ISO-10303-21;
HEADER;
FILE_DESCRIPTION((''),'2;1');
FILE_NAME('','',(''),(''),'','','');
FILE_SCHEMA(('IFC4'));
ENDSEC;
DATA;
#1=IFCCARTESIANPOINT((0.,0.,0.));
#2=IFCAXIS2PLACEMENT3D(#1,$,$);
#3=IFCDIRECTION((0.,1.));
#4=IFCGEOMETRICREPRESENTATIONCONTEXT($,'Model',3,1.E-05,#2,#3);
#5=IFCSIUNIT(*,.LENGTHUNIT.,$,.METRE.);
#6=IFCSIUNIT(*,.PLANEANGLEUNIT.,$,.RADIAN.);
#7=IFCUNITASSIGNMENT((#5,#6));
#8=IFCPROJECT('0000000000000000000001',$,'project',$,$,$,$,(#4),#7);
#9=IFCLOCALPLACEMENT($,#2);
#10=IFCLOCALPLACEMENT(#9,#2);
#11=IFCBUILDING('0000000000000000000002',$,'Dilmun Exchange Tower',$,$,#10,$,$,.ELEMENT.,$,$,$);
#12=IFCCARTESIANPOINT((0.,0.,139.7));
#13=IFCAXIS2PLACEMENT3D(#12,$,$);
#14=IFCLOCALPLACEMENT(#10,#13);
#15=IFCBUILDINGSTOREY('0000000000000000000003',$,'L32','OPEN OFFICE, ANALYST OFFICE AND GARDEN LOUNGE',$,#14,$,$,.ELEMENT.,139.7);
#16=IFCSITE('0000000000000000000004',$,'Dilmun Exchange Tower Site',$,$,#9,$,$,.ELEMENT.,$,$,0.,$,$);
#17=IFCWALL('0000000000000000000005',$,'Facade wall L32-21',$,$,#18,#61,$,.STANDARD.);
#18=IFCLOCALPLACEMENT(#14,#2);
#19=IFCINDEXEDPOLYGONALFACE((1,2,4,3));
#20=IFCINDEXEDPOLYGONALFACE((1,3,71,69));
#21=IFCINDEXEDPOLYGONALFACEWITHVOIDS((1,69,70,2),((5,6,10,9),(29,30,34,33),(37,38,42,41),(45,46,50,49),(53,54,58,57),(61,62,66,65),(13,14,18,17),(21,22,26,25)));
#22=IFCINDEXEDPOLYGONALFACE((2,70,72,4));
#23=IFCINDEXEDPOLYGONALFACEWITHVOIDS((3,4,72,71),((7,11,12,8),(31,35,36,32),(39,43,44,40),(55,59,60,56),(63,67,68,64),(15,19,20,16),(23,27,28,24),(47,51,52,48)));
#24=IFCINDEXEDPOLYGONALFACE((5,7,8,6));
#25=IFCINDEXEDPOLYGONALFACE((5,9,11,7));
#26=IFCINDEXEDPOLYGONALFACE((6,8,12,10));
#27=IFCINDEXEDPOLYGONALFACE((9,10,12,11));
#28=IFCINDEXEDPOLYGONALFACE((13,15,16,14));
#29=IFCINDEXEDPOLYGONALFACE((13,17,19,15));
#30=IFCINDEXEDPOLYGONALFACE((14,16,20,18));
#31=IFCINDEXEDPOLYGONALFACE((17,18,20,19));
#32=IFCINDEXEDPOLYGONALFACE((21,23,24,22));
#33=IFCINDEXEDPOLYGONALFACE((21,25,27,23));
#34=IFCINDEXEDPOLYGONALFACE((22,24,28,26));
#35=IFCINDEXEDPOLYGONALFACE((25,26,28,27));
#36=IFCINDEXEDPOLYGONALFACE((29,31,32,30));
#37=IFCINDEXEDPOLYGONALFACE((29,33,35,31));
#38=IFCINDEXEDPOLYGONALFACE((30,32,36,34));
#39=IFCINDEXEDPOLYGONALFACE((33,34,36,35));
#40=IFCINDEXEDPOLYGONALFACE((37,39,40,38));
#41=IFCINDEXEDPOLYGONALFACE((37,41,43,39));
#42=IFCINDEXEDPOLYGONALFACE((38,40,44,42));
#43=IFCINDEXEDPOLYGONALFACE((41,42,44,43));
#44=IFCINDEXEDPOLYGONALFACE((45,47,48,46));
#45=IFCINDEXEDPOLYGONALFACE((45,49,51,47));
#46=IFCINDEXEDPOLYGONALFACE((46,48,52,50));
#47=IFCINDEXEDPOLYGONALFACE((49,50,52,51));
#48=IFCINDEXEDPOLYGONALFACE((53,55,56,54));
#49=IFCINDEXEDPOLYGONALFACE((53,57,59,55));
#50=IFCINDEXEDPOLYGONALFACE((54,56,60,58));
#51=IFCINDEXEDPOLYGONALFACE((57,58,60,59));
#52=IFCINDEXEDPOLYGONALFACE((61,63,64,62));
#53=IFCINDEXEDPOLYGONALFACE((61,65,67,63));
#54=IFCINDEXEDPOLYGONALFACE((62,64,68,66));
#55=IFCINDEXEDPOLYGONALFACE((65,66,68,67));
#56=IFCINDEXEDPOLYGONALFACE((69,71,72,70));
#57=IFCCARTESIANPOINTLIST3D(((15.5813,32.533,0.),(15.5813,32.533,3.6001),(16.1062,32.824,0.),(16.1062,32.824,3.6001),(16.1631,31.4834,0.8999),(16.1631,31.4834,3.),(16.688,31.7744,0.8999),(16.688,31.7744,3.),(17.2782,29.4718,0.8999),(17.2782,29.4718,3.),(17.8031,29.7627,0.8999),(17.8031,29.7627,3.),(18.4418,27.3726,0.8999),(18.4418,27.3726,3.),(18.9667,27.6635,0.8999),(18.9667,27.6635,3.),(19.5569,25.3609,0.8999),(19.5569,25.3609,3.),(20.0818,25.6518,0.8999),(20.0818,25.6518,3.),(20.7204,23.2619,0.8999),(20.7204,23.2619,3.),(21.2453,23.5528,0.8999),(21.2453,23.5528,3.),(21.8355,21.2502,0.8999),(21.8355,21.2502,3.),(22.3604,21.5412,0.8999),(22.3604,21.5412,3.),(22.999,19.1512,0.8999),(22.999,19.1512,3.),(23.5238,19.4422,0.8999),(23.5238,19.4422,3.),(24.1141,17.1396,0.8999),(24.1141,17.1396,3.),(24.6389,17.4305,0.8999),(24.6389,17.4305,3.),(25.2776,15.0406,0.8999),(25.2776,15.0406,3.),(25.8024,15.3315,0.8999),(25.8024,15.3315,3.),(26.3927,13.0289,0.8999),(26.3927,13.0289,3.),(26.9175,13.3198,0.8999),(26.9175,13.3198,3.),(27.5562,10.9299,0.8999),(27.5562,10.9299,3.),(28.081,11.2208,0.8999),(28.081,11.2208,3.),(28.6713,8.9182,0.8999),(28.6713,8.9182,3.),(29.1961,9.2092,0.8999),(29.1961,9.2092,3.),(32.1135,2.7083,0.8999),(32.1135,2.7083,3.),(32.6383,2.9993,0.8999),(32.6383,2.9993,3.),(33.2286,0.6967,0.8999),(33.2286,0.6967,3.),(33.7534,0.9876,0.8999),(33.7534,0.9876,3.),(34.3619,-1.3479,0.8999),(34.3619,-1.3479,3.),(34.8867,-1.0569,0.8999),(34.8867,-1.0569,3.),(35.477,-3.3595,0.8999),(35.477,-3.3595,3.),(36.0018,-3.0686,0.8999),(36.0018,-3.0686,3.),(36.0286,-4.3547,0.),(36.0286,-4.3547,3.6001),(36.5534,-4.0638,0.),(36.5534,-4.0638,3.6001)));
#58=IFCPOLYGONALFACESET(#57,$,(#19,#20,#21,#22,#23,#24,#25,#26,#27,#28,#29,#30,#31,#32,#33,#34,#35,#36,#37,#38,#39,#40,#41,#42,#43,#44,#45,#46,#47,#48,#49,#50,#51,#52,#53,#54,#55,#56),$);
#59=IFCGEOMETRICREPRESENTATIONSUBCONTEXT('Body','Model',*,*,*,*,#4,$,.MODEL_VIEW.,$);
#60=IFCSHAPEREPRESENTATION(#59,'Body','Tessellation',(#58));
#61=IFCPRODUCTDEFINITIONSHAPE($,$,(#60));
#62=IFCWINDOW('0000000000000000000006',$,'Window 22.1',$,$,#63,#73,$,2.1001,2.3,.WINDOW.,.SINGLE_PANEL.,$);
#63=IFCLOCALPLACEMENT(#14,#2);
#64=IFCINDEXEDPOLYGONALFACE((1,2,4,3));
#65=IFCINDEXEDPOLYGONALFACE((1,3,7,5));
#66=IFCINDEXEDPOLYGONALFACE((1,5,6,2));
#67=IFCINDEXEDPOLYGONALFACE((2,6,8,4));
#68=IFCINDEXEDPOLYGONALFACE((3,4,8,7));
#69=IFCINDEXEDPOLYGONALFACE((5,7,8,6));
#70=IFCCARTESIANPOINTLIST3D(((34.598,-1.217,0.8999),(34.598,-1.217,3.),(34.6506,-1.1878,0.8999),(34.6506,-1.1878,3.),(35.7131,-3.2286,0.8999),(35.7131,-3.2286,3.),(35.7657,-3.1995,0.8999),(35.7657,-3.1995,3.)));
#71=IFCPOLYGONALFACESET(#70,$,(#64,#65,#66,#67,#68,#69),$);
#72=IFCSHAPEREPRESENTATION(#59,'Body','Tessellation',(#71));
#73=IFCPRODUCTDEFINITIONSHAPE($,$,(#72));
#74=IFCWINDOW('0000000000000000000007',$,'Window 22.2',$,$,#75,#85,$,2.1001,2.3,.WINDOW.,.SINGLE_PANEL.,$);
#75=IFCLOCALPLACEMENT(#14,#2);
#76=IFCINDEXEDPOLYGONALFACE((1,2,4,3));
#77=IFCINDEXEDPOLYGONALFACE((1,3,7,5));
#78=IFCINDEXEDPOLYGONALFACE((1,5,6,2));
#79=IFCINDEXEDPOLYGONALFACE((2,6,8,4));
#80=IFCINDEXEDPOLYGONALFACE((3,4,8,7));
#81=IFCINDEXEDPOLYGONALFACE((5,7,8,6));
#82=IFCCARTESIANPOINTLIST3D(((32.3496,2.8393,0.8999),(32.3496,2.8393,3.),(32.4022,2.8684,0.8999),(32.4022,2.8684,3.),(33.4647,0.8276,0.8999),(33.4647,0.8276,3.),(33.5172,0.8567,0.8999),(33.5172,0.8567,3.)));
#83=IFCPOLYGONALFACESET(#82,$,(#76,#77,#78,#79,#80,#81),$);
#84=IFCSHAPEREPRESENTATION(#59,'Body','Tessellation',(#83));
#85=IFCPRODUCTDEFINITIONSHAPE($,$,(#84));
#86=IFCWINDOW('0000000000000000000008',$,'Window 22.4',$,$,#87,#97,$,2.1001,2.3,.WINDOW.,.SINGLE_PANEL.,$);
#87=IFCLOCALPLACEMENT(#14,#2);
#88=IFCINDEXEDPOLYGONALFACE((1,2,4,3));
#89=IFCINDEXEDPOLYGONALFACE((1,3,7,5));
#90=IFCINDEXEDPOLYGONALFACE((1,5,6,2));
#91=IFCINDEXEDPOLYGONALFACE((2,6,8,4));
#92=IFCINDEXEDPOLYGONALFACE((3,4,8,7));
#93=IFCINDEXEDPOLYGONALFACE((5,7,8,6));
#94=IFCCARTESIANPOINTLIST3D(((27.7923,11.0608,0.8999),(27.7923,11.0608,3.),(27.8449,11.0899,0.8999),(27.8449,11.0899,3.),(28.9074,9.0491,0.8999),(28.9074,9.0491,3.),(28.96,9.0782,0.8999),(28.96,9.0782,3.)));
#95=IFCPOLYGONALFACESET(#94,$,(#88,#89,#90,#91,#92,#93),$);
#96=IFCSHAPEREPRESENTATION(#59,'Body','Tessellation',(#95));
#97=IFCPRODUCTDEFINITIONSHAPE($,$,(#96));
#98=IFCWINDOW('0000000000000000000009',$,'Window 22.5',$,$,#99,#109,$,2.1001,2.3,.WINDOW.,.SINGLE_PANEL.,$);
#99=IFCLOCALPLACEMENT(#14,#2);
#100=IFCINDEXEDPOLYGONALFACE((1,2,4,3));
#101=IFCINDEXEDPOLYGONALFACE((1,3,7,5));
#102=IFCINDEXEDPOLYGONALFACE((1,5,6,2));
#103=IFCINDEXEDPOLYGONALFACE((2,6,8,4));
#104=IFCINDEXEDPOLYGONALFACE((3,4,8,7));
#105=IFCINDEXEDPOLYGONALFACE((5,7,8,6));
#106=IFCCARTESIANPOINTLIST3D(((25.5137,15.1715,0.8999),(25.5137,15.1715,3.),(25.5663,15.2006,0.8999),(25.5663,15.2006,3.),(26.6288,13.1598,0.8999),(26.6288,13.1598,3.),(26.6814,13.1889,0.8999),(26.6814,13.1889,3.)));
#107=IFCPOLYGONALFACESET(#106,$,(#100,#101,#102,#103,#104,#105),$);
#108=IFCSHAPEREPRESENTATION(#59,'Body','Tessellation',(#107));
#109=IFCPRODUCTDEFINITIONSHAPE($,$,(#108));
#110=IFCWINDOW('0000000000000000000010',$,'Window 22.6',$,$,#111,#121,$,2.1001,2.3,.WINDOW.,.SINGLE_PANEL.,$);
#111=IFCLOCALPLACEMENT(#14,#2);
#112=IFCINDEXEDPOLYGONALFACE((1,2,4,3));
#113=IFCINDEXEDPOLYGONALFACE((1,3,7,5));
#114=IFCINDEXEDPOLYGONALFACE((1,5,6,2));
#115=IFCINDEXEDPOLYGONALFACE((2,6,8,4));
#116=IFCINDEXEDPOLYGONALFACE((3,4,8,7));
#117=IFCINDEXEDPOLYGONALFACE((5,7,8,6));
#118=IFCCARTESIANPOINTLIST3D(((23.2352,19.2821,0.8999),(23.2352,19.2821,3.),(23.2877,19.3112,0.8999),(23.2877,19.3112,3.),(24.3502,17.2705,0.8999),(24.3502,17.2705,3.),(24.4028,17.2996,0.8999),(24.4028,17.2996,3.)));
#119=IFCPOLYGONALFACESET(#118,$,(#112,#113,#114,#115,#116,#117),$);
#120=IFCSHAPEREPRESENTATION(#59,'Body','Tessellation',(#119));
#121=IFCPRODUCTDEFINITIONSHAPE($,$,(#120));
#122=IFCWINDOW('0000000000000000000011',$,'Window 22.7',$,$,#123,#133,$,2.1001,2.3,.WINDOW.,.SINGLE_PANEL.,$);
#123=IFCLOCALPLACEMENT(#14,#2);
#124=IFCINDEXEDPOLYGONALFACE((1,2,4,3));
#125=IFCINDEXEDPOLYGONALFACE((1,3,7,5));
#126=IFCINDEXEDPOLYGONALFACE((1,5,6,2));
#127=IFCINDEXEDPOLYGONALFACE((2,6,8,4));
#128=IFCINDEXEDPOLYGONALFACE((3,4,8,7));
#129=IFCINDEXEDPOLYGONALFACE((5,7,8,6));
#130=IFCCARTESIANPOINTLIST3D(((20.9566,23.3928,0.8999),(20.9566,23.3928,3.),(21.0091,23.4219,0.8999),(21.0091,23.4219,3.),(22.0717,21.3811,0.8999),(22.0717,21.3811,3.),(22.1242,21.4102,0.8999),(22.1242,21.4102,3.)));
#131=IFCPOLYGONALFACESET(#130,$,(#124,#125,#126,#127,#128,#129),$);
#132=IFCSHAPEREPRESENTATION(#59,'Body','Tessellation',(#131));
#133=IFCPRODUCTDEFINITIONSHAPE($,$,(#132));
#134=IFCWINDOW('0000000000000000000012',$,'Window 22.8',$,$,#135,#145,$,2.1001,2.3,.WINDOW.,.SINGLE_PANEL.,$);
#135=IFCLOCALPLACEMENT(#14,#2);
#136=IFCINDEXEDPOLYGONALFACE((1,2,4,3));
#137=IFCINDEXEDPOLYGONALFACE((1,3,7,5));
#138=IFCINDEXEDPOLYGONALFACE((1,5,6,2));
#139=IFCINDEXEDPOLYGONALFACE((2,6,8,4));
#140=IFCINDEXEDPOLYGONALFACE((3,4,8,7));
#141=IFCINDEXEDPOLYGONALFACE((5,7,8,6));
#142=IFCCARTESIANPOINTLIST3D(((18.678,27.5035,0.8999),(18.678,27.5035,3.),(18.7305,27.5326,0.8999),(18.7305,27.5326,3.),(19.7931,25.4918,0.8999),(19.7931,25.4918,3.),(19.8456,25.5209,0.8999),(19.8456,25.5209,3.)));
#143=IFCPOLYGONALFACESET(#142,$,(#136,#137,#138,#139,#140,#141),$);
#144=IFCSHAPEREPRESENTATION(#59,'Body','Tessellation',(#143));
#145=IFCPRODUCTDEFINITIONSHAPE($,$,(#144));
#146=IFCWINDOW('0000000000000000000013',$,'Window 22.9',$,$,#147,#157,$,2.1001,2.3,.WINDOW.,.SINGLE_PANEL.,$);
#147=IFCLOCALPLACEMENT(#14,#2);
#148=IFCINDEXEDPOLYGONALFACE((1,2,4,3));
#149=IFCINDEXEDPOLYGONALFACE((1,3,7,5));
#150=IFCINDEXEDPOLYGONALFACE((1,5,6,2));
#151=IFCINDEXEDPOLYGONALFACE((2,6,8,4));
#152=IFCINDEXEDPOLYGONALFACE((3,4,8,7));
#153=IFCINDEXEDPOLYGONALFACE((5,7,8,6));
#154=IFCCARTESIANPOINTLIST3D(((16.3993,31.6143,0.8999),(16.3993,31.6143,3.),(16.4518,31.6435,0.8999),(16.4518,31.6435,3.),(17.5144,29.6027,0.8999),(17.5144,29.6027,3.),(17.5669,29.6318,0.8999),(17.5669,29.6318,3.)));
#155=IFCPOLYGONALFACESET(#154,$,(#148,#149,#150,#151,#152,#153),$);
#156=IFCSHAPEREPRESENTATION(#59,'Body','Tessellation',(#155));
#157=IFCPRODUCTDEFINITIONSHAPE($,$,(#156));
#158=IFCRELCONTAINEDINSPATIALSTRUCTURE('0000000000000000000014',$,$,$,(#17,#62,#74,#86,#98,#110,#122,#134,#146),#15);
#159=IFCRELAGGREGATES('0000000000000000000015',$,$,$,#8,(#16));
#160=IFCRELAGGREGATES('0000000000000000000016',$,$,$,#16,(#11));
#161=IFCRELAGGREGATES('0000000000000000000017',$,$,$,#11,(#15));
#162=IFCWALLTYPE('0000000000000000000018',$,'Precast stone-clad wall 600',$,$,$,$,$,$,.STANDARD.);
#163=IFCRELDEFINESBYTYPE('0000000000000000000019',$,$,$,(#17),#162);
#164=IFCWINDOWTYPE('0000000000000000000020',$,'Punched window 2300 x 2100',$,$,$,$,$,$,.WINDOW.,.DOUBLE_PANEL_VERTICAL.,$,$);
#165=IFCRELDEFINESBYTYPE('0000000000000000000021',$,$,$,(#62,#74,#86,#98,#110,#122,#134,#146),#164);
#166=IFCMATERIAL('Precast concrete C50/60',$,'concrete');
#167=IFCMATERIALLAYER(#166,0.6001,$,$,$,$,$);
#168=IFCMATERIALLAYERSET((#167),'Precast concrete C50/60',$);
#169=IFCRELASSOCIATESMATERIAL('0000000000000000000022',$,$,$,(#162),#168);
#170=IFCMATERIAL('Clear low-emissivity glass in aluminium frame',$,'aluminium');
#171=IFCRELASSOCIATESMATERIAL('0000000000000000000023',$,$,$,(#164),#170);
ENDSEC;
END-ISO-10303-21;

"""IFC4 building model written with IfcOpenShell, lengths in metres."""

from ifc_helpers import new_model, si_unit, direction, frame, frame_2d, origin, place, context, subcontext, project, spatial, rectangle, extrude, material, layer, layer_set, type_object, element, fill, save


model = new_model("IFC4")

# Units and contexts
model_context = context("Model", 3, precision=1e-05, world=origin(), true_north=direction((0.0, 1.0)))
body_context = subcontext(model_context, "Body", "Model", "MODEL_VIEW")
ifc_project = project(units=[si_unit("LENGTHUNIT", "METRE"), si_unit("PLANEANGLEUNIT", "RADIAN")], contexts=[model_context])

# Site, building, storey
site_placement = place(None, origin())
site = spatial("IfcSite", under=ifc_project, at=site_placement, Name="Dilmun Exchange Tower Site", CompositionType="ELEMENT", RefElevation=0.0)
building_placement = place(site_placement, origin())
building = spatial("IfcBuilding", under=site, at=building_placement, Name="Dilmun Exchange Tower", CompositionType="ELEMENT")
storey_placement = place(building_placement, frame((0.0, 0.0, 139.7)))
storey = spatial("IfcBuildingStorey", under=building, at=storey_placement, Name="L32", Description="OPEN OFFICE, ANALYST OFFICE AND GARDEN LOUNGE", CompositionType="ELEMENT", Elevation=139.7)

# Shared definitions
ifc_material_1 = material(Name="Precast concrete C50/60", Category="concrete")
ifc_layer_1 = layer(ifc_material_1, 0.6001)
ifc_layer_set_1 = layer_set([ifc_layer_1], Name="Precast concrete C50/60")
wall_type_1 = type_object("IfcWallType", Name="Precast stone-clad wall 600", PredefinedType="STANDARD", material=ifc_layer_set_1)

# Shared definitions
ifc_material_2 = material(Name="Clear low-emissivity glass in aluminium frame", Category="aluminium")

# Wall, openings, windows
wall_1_placement = place(storey_placement, frame((36.291, -4.2092, 0.0), z_axis=(0.0, 0.0, 1.0), x_axis=(-0.484811, 0.874619, 0.0)))
wall_1 = element("IfcWall", 1, at=wall_1_placement, inside=storey, type_object=wall_type_1, Name="Facade wall L32-21", PredefinedType="STANDARD", context=body_context, shape_type="SweptSolid", body=[
    extrude(rectangle(XDim=42.1758, YDim=0.6001, at=frame_2d((21.0879, 0.0))), origin(), (0.0, 0.0, 1.0), 3.6001),
])
opening_1_placement = place(wall_1_placement, frame((1.1379, 0.0, 0.8999)))
opening_1 = element("IfcOpeningElement", 2, at=opening_1_placement, cuts=wall_1, PredefinedType="OPENING", context=body_context, shape_type="SweptSolid", body=[
    extrude(rectangle(XDim=2.3, YDim=2.1001, at=frame_2d((1.1499, 1.05))), frame((0.0, 0.3101, 0.0), z_axis=(0.0, -1.0, 0.0), x_axis=(1.0, 0.0, 0.0)), (0.0, 0.0, 1.0), 0.6201),
])
opening_2_placement = place(wall_1_placement, frame((5.7756, 0.0, 0.8999)))
opening_2 = element("IfcOpeningElement", 3, at=opening_2_placement, cuts=wall_1, PredefinedType="OPENING", context=body_context, shape_type="SweptSolid", body=[
    extrude(rectangle(XDim=2.3, YDim=2.1001, at=frame_2d((1.1499, 1.05))), frame((0.0, 0.3101, 0.0), z_axis=(0.0, -1.0, 0.0), x_axis=(1.0, 0.0, 0.0)), (0.0, 0.0, 1.0), 0.6201),
])
opening_3_placement = place(wall_1_placement, frame((15.1758, 0.0, 0.8999)))
opening_3 = element("IfcOpeningElement", 4, at=opening_3_placement, cuts=wall_1, PredefinedType="OPENING", context=body_context, shape_type="SweptSolid", body=[
    extrude(rectangle(XDim=2.3, YDim=2.1001, at=frame_2d((1.1499, 1.05))), frame((0.0, 0.3101, 0.0), z_axis=(0.0, -1.0, 0.0), x_axis=(1.0, 0.0, 0.0)), (0.0, 0.0, 1.0), 0.6201),
])
opening_4_placement = place(wall_1_placement, frame((19.8757, 0.0, 0.8999)))
opening_4 = element("IfcOpeningElement", 5, at=opening_4_placement, cuts=wall_1, PredefinedType="OPENING", context=body_context, shape_type="SweptSolid", body=[
    extrude(rectangle(XDim=2.3, YDim=2.1001, at=frame_2d((1.1499, 1.05))), frame((0.0, 0.3101, 0.0), z_axis=(0.0, -1.0, 0.0), x_axis=(1.0, 0.0, 0.0)), (0.0, 0.0, 1.0), 0.6201),
])
opening_5_placement = place(wall_1_placement, frame((24.5757, 0.0, 0.8999)))
opening_5 = element("IfcOpeningElement", 6, at=opening_5_placement, cuts=wall_1, PredefinedType="OPENING", context=body_context, shape_type="SweptSolid", body=[
    extrude(rectangle(XDim=2.3, YDim=2.1001, at=frame_2d((1.1499, 1.05))), frame((0.0, 0.3101, 0.0), z_axis=(0.0, -1.0, 0.0), x_axis=(1.0, 0.0, 0.0)), (0.0, 0.0, 1.0), 0.6201),
])
opening_6_placement = place(wall_1_placement, frame((29.2756, 0.0, 0.8999)))
opening_6 = element("IfcOpeningElement", 7, at=opening_6_placement, cuts=wall_1, PredefinedType="OPENING", context=body_context, shape_type="SweptSolid", body=[
    extrude(rectangle(XDim=2.3, YDim=2.1001, at=frame_2d((1.1499, 1.05))), frame((0.0, 0.3101, 0.0), z_axis=(0.0, -1.0, 0.0), x_axis=(1.0, 0.0, 0.0)), (0.0, 0.0, 1.0), 0.6201),
])
opening_7_placement = place(wall_1_placement, frame((33.9756, 0.0, 0.8999)))
opening_7 = element("IfcOpeningElement", 8, at=opening_7_placement, cuts=wall_1, PredefinedType="OPENING", context=body_context, shape_type="SweptSolid", body=[
    extrude(rectangle(XDim=2.3, YDim=2.1001, at=frame_2d((1.1499, 1.05))), frame((0.0, 0.3101, 0.0), z_axis=(0.0, -1.0, 0.0), x_axis=(1.0, 0.0, 0.0)), (0.0, 0.0, 1.0), 0.6201),
])
opening_8_placement = place(wall_1_placement, frame((38.6758, 0.0, 0.8999)))
opening_8 = element("IfcOpeningElement", 9, at=opening_8_placement, cuts=wall_1, PredefinedType="OPENING", context=body_context, shape_type="SweptSolid", body=[
    extrude(rectangle(XDim=2.3, YDim=2.1001, at=frame_2d((1.1499, 1.05))), frame((0.0, 0.3101, 0.0), z_axis=(0.0, -1.0, 0.0), x_axis=(1.0, 0.0, 0.0)), (0.0, 0.0, 1.0), 0.6201),
])
window_type_1 = type_object("IfcWindowType", Name="Punched window 2300 x 2100", PartitioningType="DOUBLE_PANEL_VERTICAL", PredefinedType="WINDOW", material=ifc_material_2)
window_1_placement = place(opening_1_placement, origin())
window_1 = element("IfcWindow", 10, at=window_1_placement, inside=storey, type_object=window_type_1, Name="Window 22.1", OverallHeight=2.1001, OverallWidth=2.3, PartitioningType="SINGLE_PANEL", PredefinedType="WINDOW", context=body_context, shape_type="SweptSolid", body=[
    extrude(rectangle(XDim=2.3, YDim=2.1001, at=frame_2d((1.1499, 1.05))), frame((0.0, 0.03, 0.0), z_axis=(0.0, -1.0, 0.0), x_axis=(1.0, 0.0, 0.0)), (0.0, 0.0, 1.0), 0.0601),
])
fill(opening_1, window_1)
window_2_placement = place(opening_2_placement, origin())
window_2 = element("IfcWindow", 11, at=window_2_placement, inside=storey, type_object=window_type_1, Name="Window 22.2", OverallHeight=2.1001, OverallWidth=2.3, PartitioningType="SINGLE_PANEL", PredefinedType="WINDOW", context=body_context, shape_type="SweptSolid", body=[
    extrude(rectangle(XDim=2.3, YDim=2.1001, at=frame_2d((1.1499, 1.05))), frame((0.0, 0.03, 0.0), z_axis=(0.0, -1.0, 0.0), x_axis=(1.0, 0.0, 0.0)), (0.0, 0.0, 1.0), 0.0601),
])
fill(opening_2, window_2)
window_3_placement = place(opening_3_placement, origin())
window_3 = element("IfcWindow", 12, at=window_3_placement, inside=storey, type_object=window_type_1, Name="Window 22.4", OverallHeight=2.1001, OverallWidth=2.3, PartitioningType="SINGLE_PANEL", PredefinedType="WINDOW", context=body_context, shape_type="SweptSolid", body=[
    extrude(rectangle(XDim=2.3, YDim=2.1001, at=frame_2d((1.1499, 1.05))), frame((0.0, 0.03, 0.0), z_axis=(0.0, -1.0, 0.0), x_axis=(1.0, 0.0, 0.0)), (0.0, 0.0, 1.0), 0.0601),
])
fill(opening_3, window_3)
window_4_placement = place(opening_4_placement, origin())
window_4 = element("IfcWindow", 13, at=window_4_placement, inside=storey, type_object=window_type_1, Name="Window 22.5", OverallHeight=2.1001, OverallWidth=2.3, PartitioningType="SINGLE_PANEL", PredefinedType="WINDOW", context=body_context, shape_type="SweptSolid", body=[
    extrude(rectangle(XDim=2.3, YDim=2.1001, at=frame_2d((1.1499, 1.05))), frame((0.0, 0.03, 0.0), z_axis=(0.0, -1.0, 0.0), x_axis=(1.0, 0.0, 0.0)), (0.0, 0.0, 1.0), 0.0601),
])
fill(opening_4, window_4)
window_5_placement = place(opening_5_placement, origin())
window_5 = element("IfcWindow", 14, at=window_5_placement, inside=storey, type_object=window_type_1, Name="Window 22.6", OverallHeight=2.1001, OverallWidth=2.3, PartitioningType="SINGLE_PANEL", PredefinedType="WINDOW", context=body_context, shape_type="SweptSolid", body=[
    extrude(rectangle(XDim=2.3, YDim=2.1001, at=frame_2d((1.1499, 1.05))), frame((0.0, 0.03, 0.0), z_axis=(0.0, -1.0, 0.0), x_axis=(1.0, 0.0, 0.0)), (0.0, 0.0, 1.0), 0.0601),
])
fill(opening_5, window_5)
window_6_placement = place(opening_6_placement, origin())
window_6 = element("IfcWindow", 15, at=window_6_placement, inside=storey, type_object=window_type_1, Name="Window 22.7", OverallHeight=2.1001, OverallWidth=2.3, PartitioningType="SINGLE_PANEL", PredefinedType="WINDOW", context=body_context, shape_type="SweptSolid", body=[
    extrude(rectangle(XDim=2.3, YDim=2.1001, at=frame_2d((1.1499, 1.05))), frame((0.0, 0.03, 0.0), z_axis=(0.0, -1.0, 0.0), x_axis=(1.0, 0.0, 0.0)), (0.0, 0.0, 1.0), 0.0601),
])
fill(opening_6, window_6)
window_7_placement = place(opening_7_placement, origin())
window_7 = element("IfcWindow", 16, at=window_7_placement, inside=storey, type_object=window_type_1, Name="Window 22.8", OverallHeight=2.1001, OverallWidth=2.3, PartitioningType="SINGLE_PANEL", PredefinedType="WINDOW", context=body_context, shape_type="SweptSolid", body=[
    extrude(rectangle(XDim=2.3, YDim=2.1001, at=frame_2d((1.1499, 1.05))), frame((0.0, 0.03, 0.0), z_axis=(0.0, -1.0, 0.0), x_axis=(1.0, 0.0, 0.0)), (0.0, 0.0, 1.0), 0.0601),
])
fill(opening_7, window_7)
window_8_placement = place(opening_8_placement, origin())
window_8 = element("IfcWindow", 17, at=window_8_placement, inside=storey, type_object=window_type_1, Name="Window 22.9", OverallHeight=2.1001, OverallWidth=2.3, PartitioningType="SINGLE_PANEL", PredefinedType="WINDOW", context=body_context, shape_type="SweptSolid", body=[
    extrude(rectangle(XDim=2.3, YDim=2.1001, at=frame_2d((1.1499, 1.05))), frame((0.0, 0.03, 0.0), z_axis=(0.0, -1.0, 0.0), x_axis=(1.0, 0.0, 0.0)), (0.0, 0.0, 1.0), 0.0601),
])
fill(opening_8, window_8)

save(model, "model.ifc")
